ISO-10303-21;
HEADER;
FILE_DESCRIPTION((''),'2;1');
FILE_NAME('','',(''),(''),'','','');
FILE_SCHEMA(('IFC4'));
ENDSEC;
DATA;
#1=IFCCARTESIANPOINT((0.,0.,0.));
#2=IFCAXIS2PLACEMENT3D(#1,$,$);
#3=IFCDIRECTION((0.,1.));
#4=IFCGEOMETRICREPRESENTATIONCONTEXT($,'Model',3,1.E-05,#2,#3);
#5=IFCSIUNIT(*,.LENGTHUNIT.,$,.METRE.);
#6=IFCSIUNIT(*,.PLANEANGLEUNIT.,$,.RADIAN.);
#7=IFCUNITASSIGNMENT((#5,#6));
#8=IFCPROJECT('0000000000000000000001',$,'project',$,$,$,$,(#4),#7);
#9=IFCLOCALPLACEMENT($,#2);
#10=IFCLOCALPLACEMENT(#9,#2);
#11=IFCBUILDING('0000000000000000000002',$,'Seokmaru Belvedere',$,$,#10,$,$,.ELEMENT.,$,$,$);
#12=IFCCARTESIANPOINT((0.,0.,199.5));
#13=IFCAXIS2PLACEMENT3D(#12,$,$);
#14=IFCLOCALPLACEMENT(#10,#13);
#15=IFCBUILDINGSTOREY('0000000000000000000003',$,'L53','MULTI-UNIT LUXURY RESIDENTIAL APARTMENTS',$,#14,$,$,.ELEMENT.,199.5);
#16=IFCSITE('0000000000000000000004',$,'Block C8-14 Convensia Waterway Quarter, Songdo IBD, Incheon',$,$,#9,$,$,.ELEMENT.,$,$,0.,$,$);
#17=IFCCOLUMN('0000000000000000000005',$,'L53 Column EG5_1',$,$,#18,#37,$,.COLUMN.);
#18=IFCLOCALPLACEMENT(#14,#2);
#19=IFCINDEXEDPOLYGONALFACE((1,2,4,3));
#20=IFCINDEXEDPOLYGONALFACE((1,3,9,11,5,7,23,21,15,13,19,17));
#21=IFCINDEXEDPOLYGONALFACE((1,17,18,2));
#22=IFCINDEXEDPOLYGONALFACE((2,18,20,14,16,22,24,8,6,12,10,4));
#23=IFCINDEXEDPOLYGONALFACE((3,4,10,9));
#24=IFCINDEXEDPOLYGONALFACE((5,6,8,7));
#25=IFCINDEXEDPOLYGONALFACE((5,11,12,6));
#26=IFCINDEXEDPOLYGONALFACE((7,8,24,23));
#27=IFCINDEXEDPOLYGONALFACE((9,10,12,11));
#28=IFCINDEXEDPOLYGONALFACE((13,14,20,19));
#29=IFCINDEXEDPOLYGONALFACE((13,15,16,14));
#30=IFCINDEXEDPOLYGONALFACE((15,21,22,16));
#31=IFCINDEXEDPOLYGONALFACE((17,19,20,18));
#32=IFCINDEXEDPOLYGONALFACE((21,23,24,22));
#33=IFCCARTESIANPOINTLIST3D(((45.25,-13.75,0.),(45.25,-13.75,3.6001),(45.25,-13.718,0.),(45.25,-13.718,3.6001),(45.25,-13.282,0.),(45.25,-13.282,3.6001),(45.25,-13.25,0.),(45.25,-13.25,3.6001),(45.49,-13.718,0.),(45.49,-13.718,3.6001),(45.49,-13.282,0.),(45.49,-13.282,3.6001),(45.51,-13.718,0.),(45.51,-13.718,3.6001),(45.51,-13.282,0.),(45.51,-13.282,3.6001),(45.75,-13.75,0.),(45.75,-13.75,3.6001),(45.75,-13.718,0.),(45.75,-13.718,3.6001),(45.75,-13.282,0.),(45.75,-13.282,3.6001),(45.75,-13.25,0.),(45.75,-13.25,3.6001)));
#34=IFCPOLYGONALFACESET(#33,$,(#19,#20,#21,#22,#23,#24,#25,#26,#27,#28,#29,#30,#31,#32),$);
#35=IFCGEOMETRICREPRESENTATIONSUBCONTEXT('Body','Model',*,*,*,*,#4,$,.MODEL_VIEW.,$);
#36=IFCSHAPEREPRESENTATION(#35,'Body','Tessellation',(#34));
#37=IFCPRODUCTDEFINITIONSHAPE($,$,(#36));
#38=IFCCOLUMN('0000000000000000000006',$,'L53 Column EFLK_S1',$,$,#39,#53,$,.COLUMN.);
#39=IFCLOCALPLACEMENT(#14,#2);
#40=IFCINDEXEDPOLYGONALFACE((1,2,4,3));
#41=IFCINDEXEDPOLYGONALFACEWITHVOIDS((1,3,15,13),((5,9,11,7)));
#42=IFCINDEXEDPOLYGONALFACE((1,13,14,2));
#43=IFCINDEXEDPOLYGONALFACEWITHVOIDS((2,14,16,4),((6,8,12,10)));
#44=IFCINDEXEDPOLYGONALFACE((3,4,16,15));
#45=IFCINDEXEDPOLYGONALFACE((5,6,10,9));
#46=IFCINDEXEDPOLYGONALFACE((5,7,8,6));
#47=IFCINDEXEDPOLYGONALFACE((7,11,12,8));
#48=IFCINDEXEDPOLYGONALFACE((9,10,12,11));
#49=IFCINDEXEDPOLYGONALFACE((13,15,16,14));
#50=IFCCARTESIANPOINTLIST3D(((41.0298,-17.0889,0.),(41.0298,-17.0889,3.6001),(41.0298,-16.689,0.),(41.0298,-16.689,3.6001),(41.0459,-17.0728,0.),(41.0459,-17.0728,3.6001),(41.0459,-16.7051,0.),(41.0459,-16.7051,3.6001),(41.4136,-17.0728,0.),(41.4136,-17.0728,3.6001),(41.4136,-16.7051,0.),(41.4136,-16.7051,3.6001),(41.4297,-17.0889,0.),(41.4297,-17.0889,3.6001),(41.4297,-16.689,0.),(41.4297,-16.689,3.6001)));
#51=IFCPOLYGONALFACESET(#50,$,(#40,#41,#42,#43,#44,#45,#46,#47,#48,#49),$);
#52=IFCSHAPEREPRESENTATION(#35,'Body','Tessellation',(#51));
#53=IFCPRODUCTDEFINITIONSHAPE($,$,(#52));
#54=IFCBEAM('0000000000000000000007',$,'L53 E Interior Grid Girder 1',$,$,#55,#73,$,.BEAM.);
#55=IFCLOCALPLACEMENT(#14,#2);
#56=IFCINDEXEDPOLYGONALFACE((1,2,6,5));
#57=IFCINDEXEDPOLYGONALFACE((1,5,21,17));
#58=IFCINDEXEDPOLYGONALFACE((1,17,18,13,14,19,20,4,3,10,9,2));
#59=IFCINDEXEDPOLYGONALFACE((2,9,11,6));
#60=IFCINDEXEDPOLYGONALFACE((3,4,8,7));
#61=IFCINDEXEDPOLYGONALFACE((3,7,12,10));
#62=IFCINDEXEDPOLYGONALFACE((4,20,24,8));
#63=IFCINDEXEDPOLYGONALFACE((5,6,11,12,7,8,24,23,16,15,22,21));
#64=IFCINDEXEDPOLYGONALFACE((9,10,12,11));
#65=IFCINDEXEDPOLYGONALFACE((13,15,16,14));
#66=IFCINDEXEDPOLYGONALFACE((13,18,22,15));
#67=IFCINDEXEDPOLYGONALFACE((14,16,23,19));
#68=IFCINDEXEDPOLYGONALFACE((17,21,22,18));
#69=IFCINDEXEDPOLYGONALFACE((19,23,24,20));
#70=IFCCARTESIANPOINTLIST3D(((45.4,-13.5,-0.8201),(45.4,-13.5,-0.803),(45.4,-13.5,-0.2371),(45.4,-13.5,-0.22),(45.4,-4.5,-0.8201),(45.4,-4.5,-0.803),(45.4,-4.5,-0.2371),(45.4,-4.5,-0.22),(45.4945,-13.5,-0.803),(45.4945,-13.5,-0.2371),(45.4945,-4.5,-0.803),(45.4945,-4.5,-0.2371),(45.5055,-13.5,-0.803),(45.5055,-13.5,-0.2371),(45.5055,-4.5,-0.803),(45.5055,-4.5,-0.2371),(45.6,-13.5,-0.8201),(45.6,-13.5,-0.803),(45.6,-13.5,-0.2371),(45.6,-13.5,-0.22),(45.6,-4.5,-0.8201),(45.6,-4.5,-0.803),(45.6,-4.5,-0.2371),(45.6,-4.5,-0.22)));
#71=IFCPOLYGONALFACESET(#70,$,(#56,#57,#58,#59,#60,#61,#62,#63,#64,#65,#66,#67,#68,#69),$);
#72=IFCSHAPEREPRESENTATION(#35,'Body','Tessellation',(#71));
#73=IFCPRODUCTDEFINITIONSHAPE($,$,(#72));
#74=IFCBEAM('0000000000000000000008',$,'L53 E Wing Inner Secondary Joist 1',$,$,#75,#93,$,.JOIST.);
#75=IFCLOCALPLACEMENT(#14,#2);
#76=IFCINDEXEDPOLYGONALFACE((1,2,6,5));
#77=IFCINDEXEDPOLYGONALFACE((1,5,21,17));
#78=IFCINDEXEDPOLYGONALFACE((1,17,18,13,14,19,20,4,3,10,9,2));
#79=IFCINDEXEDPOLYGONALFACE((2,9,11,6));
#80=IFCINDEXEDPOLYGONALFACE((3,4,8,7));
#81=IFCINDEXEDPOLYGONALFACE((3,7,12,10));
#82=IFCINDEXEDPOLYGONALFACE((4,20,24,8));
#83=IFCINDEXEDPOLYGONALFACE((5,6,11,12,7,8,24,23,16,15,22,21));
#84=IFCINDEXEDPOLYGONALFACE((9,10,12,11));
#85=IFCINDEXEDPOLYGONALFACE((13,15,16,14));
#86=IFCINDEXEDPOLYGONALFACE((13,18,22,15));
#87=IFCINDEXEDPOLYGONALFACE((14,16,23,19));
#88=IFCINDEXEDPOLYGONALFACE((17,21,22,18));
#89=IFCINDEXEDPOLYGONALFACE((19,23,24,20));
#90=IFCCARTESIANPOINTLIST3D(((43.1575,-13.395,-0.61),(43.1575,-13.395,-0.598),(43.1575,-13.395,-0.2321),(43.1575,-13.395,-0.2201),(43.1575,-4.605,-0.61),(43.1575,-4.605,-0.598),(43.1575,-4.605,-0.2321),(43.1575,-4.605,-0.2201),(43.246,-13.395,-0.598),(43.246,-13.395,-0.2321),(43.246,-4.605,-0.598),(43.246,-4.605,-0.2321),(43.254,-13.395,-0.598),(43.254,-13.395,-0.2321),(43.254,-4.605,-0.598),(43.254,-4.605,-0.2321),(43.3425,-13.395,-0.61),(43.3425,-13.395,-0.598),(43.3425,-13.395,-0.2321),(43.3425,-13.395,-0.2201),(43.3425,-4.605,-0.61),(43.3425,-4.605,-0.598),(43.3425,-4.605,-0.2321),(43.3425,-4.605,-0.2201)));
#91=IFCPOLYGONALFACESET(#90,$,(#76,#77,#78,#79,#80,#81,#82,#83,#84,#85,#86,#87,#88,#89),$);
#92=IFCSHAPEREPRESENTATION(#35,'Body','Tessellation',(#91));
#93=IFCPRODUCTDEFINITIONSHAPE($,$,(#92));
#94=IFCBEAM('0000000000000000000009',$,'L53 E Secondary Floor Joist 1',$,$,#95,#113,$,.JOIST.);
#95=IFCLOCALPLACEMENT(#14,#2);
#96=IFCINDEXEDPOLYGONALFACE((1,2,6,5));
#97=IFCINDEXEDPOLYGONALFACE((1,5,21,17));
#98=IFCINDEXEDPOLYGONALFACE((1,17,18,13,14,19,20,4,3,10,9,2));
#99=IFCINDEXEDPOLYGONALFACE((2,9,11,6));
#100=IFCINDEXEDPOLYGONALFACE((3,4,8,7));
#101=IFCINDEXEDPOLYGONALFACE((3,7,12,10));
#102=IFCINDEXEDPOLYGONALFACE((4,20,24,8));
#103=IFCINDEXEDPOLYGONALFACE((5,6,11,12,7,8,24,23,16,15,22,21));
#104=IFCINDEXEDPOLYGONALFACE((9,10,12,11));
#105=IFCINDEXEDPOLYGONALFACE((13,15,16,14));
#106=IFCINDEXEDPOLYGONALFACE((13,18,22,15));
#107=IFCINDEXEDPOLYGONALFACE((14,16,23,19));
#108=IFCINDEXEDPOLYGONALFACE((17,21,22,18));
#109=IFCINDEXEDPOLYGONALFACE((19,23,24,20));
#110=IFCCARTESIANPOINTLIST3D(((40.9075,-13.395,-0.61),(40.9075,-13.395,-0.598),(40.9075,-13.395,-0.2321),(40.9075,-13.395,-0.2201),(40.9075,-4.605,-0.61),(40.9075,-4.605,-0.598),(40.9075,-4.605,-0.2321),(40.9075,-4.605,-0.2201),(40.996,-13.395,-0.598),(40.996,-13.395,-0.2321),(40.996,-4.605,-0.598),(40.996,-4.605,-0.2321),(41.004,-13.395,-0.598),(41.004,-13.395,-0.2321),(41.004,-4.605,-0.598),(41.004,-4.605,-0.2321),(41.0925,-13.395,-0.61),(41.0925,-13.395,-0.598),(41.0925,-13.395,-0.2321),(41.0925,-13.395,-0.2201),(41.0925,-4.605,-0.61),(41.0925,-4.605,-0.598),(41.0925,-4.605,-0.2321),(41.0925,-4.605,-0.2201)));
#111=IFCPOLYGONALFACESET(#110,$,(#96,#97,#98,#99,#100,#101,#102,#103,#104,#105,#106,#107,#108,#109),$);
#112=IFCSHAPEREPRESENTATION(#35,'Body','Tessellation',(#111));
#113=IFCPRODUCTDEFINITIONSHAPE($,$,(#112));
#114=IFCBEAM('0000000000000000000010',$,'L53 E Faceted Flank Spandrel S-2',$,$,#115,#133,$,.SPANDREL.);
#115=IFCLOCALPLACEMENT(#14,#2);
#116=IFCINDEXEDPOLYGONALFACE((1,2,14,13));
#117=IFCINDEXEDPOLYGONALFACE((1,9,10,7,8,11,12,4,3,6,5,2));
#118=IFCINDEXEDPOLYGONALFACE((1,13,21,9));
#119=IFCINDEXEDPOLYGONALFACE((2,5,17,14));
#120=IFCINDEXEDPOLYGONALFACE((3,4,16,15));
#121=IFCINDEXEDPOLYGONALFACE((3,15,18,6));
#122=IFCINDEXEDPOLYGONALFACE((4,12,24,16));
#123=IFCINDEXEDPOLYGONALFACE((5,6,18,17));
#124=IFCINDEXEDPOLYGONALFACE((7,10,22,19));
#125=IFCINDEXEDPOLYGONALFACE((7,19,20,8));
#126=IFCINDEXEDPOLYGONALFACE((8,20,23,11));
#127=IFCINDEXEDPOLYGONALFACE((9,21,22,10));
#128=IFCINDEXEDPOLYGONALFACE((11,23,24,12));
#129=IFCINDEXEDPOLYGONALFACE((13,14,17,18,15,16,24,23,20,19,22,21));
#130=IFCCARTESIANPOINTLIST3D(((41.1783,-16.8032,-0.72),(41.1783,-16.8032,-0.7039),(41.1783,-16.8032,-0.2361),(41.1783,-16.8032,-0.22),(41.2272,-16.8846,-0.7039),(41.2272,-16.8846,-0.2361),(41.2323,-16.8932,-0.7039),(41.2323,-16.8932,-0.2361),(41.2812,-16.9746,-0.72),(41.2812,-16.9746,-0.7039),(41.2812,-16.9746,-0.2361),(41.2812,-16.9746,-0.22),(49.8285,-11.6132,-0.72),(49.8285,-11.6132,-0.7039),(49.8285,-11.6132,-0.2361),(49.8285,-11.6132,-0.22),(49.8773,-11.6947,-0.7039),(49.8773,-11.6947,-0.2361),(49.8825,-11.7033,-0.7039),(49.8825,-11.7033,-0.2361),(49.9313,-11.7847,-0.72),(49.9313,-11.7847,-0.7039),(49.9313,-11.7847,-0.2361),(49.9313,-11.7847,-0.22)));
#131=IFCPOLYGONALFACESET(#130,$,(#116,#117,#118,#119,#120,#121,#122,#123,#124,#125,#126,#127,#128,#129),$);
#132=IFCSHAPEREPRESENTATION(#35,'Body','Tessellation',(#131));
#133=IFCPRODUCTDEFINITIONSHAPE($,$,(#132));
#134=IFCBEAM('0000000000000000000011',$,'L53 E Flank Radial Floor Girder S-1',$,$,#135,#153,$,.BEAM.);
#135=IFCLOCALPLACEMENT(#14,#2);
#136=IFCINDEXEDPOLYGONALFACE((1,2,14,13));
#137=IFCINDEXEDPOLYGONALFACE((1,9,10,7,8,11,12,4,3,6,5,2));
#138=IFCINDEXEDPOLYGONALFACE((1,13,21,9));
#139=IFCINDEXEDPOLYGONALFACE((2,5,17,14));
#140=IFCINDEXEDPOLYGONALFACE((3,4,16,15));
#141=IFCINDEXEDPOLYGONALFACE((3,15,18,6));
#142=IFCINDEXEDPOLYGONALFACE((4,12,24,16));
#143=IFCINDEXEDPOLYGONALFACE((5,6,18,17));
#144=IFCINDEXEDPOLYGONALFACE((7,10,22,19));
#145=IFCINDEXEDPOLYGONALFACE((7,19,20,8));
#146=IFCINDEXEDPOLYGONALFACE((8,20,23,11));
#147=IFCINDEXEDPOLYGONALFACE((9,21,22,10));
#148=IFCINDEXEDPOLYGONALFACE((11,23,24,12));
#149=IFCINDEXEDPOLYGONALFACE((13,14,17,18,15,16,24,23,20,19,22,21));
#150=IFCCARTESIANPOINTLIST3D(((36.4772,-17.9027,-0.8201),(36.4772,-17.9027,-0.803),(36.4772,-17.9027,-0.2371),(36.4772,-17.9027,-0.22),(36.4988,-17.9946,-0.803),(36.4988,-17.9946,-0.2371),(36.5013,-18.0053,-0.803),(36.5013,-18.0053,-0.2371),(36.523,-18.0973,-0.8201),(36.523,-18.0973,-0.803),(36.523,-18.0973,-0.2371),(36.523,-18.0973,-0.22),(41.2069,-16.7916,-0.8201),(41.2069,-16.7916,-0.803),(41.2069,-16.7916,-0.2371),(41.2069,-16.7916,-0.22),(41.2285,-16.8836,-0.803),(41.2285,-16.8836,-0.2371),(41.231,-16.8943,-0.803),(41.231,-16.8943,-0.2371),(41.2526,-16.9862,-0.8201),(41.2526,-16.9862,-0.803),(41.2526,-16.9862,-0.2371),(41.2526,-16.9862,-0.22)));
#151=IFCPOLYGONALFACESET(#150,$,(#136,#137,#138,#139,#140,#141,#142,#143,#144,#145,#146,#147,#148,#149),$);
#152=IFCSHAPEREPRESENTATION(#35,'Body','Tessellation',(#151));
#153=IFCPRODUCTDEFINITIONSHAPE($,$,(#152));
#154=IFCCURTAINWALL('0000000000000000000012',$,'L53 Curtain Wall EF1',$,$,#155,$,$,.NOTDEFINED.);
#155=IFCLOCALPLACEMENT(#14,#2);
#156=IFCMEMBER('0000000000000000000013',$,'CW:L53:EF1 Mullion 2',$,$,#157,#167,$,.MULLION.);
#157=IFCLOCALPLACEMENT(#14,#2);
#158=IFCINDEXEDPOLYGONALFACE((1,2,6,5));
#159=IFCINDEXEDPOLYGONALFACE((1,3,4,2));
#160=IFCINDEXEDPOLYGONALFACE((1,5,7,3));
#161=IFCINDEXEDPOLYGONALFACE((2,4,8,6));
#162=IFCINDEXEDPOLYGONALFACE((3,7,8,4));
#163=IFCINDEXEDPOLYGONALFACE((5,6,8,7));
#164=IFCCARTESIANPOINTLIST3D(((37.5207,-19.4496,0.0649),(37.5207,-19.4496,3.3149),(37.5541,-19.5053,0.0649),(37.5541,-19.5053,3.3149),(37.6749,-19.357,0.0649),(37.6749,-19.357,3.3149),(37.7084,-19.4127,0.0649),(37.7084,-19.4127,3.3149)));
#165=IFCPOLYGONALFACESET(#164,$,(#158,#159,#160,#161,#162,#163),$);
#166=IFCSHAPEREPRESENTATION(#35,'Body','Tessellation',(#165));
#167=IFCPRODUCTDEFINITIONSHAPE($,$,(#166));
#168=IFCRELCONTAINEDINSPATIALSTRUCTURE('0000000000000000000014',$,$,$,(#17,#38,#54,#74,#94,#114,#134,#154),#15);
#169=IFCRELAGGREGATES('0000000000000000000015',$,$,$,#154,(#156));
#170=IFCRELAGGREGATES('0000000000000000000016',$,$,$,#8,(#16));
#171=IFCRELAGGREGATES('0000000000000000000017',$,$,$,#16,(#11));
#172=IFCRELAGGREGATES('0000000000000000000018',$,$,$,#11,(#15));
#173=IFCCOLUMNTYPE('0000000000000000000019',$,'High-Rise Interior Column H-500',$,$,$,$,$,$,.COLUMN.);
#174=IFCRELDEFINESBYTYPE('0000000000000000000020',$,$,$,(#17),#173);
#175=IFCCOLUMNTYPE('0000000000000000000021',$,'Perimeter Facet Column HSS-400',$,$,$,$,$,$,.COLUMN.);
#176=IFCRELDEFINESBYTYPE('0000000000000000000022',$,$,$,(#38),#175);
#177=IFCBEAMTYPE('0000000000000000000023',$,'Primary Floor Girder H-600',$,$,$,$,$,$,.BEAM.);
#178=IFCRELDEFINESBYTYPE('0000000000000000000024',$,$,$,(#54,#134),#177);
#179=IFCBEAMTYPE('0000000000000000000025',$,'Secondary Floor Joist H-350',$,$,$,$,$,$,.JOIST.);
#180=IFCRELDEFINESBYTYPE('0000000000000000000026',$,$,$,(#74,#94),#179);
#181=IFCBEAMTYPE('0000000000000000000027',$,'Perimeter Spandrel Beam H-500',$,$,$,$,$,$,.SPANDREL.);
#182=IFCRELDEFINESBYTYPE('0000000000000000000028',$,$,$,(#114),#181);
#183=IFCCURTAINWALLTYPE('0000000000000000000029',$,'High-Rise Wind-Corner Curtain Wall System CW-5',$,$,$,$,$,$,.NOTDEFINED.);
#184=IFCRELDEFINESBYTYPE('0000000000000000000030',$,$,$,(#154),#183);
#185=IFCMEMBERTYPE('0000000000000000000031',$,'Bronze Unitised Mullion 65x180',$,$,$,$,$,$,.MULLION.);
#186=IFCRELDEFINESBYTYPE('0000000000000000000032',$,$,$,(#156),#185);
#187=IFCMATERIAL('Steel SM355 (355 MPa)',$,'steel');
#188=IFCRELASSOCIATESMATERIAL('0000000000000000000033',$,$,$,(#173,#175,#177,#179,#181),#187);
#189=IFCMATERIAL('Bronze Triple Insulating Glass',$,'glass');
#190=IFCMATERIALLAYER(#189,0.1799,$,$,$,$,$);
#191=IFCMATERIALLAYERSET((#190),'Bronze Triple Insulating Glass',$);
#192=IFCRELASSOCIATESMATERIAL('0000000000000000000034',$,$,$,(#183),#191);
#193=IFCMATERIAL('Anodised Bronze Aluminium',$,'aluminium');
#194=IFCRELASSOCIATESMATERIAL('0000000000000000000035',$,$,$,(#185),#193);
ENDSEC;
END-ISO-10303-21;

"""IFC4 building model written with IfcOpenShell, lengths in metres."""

from ifc_helpers import new_model, si_unit, direction, frame, origin, origin_2d, place, context, subcontext, project, spatial, rectangle, hollow_rectangle, i_section, extrude, source, transform, mapped, material, layer, layer_set, material_profile, profile_set, type_object, type_shapes, element, aggregate, save


model = new_model("IFC4")

# Units and contexts
model_context = context("Model", 3, precision=1e-05, world=origin(), true_north=direction((0.0, 1.0)))
body_context = subcontext(model_context, "Body", "Model", "MODEL_VIEW")
ifc_project = project(units=[si_unit("LENGTHUNIT", "METRE"), si_unit("PLANEANGLEUNIT", "RADIAN")], contexts=[model_context])

# Site, building, storey
site_placement = place(None, origin())
site = spatial("IfcSite", under=ifc_project, at=site_placement, Name="Block C8-14 Convensia Waterway Quarter, Songdo IBD, Incheon", CompositionType="ELEMENT", RefElevation=0.0)
building_placement = place(site_placement, origin())
building = spatial("IfcBuilding", under=site, at=building_placement, Name="Seokmaru Belvedere", CompositionType="ELEMENT")
storey_placement = place(building_placement, frame((0.0, 0.0, 199.5)))
storey = spatial("IfcBuildingStorey", under=building, at=storey_placement, Name="L53", Description="MULTI-UNIT LUXURY RESIDENTIAL APARTMENTS", CompositionType="ELEMENT", Elevation=199.5)

# Columns
ifc_material_1 = material(Name="Steel SM355 (355 MPa)", Category="steel")
ifc_material_profile_1 = material_profile(ifc_material_1, i_section(OverallWidth=0.5, OverallDepth=0.5, WebThickness=0.02, FlangeThickness=0.032, at=origin_2d()), Name="H-500x500x20x32")
ifc_profile_set_1 = profile_set([ifc_material_profile_1], Name="Steel SM355 (355 MPa)")
column_type_1 = type_object("IfcColumnType", Name="High-Rise Interior Column H-500", PredefinedType="COLUMN", material=ifc_profile_set_1)
shared_shape_1 = source(origin(), body_context, "Body", "SweptSolid", [
    extrude(i_section(OverallWidth=0.5, OverallDepth=0.5, WebThickness=0.02, FlangeThickness=0.032, at=origin_2d()), origin(), (0.0, 0.0, 1.0), 3.6001),
])
type_shapes(column_type_1, [shared_shape_1])
column_1_placement = place(storey_placement, frame((45.5, -13.5, 0.0), z_axis=(0.0, 0.0, 1.0), x_axis=(1.0, 0.0, 0.0)))
element("IfcColumn", 1, at=column_1_placement, inside=storey, type_object=column_type_1, Name="L53 Column EG5_1", PredefinedType="COLUMN", context=body_context, shape_type="MappedRepresentation", body=[
    mapped(shared_shape_1, transform((0.0, 0.0, 0.0), scale=1.0)),
])
ifc_material_profile_2 = material_profile(ifc_material_1, hollow_rectangle(XDim=0.3999, YDim=0.3999, WallThickness=0.0161, at=origin_2d()), Name="HSS-400x400x16")
ifc_profile_set_2 = profile_set([ifc_material_profile_2], Name="Steel SM355 (355 MPa)")
column_type_2 = type_object("IfcColumnType", Name="Perimeter Facet Column HSS-400", PredefinedType="COLUMN", material=ifc_profile_set_2)
shared_shape_2 = source(origin(), body_context, "Body", "SweptSolid", [
    extrude(hollow_rectangle(XDim=0.3999, YDim=0.3999, WallThickness=0.0161, at=origin_2d()), origin(), (0.0, 0.0, 1.0), 3.6001),
])
type_shapes(column_type_2, [shared_shape_2])
column_2_placement = place(storey_placement, frame((41.2297, -16.8889, 0.0), z_axis=(0.0, 0.0, 1.0), x_axis=(1.0, 0.0, 0.0)))
element("IfcColumn", 2, at=column_2_placement, inside=storey, type_object=column_type_2, Name="L53 Column EFLK_S1", PredefinedType="COLUMN", context=body_context, shape_type="MappedRepresentation", body=[
    mapped(shared_shape_2, transform((0.0, 0.0, 0.0), scale=1.0)),
])

# Beams
ifc_material_profile_3 = material_profile(ifc_material_1, i_section(OverallWidth=0.2, OverallDepth=0.6001, WebThickness=0.011, FlangeThickness=0.0171, at=origin_2d()), Name="H-600x200x11x17")
ifc_profile_set_3 = profile_set([ifc_material_profile_3], Name="Steel SM355 (355 MPa)")
beam_type_1 = type_object("IfcBeamType", Name="Primary Floor Girder H-600", PredefinedType="BEAM", material=ifc_profile_set_3)
shared_shape_3 = source(origin(), body_context, "Body", "SweptSolid", [
    extrude(i_section(OverallWidth=0.2, OverallDepth=0.6001, WebThickness=0.011, FlangeThickness=0.0171, at=origin_2d()), origin(), (0.0, 0.0, 1.0), 9.0),
])
beam_1_placement = place(storey_placement, frame((45.5, -13.5, -0.52), z_axis=(0.0, 1.0, 0.0), x_axis=(-1.0, 0.0, 0.0)))
element("IfcBeam", 3, at=beam_1_placement, inside=storey, type_object=beam_type_1, Name="L53 E Interior Grid Girder 1", PredefinedType="BEAM", context=body_context, shape_type="MappedRepresentation", body=[
    mapped(shared_shape_3, transform((0.0, 0.0, 0.0), scale=1.0)),
])
ifc_material_profile_4 = material_profile(ifc_material_1, i_section(OverallWidth=0.1851, OverallDepth=0.3899, WebThickness=0.0081, FlangeThickness=0.012, at=origin_2d()), Name="H-390x185x8x12")
ifc_profile_set_4 = profile_set([ifc_material_profile_4], Name="Steel SM355 (355 MPa)")
beam_type_2 = type_object("IfcBeamType", Name="Secondary Floor Joist H-350", PredefinedType="JOIST", material=ifc_profile_set_4)
shared_shape_4 = source(origin(), body_context, "Body", "SweptSolid", [
    extrude(i_section(OverallWidth=0.1851, OverallDepth=0.3899, WebThickness=0.0081, FlangeThickness=0.012, at=origin_2d()), origin(), (0.0, 0.0, 1.0), 8.79),
])
type_shapes(beam_type_2, [shared_shape_4])
for number, where, z_axis, x_axis, name in (
    (4, (43.25, -13.395, -0.415), (0.0, 1.0, 0.0), (-1.0, 0.0, 0.0), "L53 E Wing Inner Secondary Joist 1"),
    (5, (41.0, -13.395, -0.415), (0.0, 1.0, 0.0), (-1.0, 0.0, 0.0), "L53 E Secondary Floor Joist 1"),
):
    element("IfcBeam", number, at=place(storey_placement, frame(where, z_axis=z_axis, x_axis=x_axis)), inside=storey, type_object=beam_type_2, Name=name, PredefinedType="JOIST", context=body_context, shape_type="MappedRepresentation", body=[
        mapped(shared_shape_4, transform((0.0, 0.0, 0.0), scale=1.0)),
    ])
ifc_material_profile_5 = material_profile(ifc_material_1, i_section(OverallWidth=0.2, OverallDepth=0.5, WebThickness=0.01, FlangeThickness=0.0161, at=origin_2d()), Name="H-500x200x10x16")
ifc_profile_set_5 = profile_set([ifc_material_profile_5], Name="Steel SM355 (355 MPa)")
beam_type_3 = type_object("IfcBeamType", Name="Perimeter Spandrel Beam H-500", PredefinedType="SPANDREL", material=ifc_profile_set_5)
shared_shape_5 = source(origin(), body_context, "Body", "SweptSolid", [
    extrude(i_section(OverallWidth=0.2, OverallDepth=0.5, WebThickness=0.01, FlangeThickness=0.0161, at=origin_2d()), origin(), (0.0, 0.0, 1.0), 10.0876),
])
type_shapes(beam_type_3, [shared_shape_5])
beam_2_placement = place(storey_placement, frame((41.2297, -16.8889, -0.47), z_axis=(0.857499, 0.514485, 0.0), x_axis=(-0.514485, 0.857499, 0.0)))
element("IfcBeam", 6, at=beam_2_placement, inside=storey, type_object=beam_type_3, Name="L53 E Faceted Flank Spandrel S-2", PredefinedType="SPANDREL", context=body_context, shape_type="MappedRepresentation", body=[
    mapped(shared_shape_5, transform((0.0, 0.0, 0.0), scale=1.0)),
])
shared_shape_6 = source(origin(), body_context, "Body", "SweptSolid", [
    extrude(i_section(OverallWidth=0.2, OverallDepth=0.6001, WebThickness=0.011, FlangeThickness=0.0171, at=origin_2d()), origin(), (0.0, 0.0, 1.0), 4.8584),
])
type_shapes(beam_type_1, [shared_shape_3, shared_shape_6])
beam_3_placement = place(storey_placement, frame((41.2297, -16.8889, -0.52), z_axis=(-0.973499, -0.228689, 0.0), x_axis=(0.228689, -0.973499, 0.0)))
element("IfcBeam", 7, at=beam_3_placement, inside=storey, type_object=beam_type_1, Name="L53 E Flank Radial Floor Girder S-1", PredefinedType="BEAM", context=body_context, shape_type="MappedRepresentation", body=[
    mapped(shared_shape_6, transform((0.0, 0.0, 0.0), scale=1.0)),
])

# Curtain wall, member
ifc_material_2 = material(Name="Bronze Triple Insulating Glass", Category="glass")
ifc_layer_1 = layer(ifc_material_2, 0.1799)
ifc_layer_set_1 = layer_set([ifc_layer_1], Name="Bronze Triple Insulating Glass")
curtain_wall_type = type_object("IfcCurtainWallType", Name="High-Rise Wind-Corner Curtain Wall System CW-5", PredefinedType="NOTDEFINED", material=ifc_layer_set_1)
curtain_wall_placement = place(storey_placement, origin())
curtain_wall = element("IfcCurtainWall", 8, at=curtain_wall_placement, inside=storey, type_object=curtain_wall_type, Name="L53 Curtain Wall EF1", PredefinedType="NOTDEFINED")
ifc_material_3 = material(Name="Anodised Bronze Aluminium", Category="aluminium")
ifc_material_profile_6 = material_profile(ifc_material_3, rectangle(XDim=0.0649, YDim=0.1799, at=origin_2d()), Name="CW-M-65x180")
ifc_profile_set_6 = profile_set([ifc_material_profile_6], Name="Anodised Bronze Aluminium")
member_type = type_object("IfcMemberType", Name="Bronze Unitised Mullion 65x180", PredefinedType="MULLION", material=ifc_profile_set_6)
shared_shape_7 = source(origin(), body_context, "Body", "SweptSolid", [
    extrude(rectangle(XDim=0.0649, YDim=0.1799, at=origin_2d()), origin(), (0.0, 0.0, 1.0), 3.25),
])
type_shapes(member_type, [shared_shape_7])
member_1_placement = place(storey_placement, frame((37.6145, -19.4312, 0.0649), z_axis=(0.0, 0.0, 1.0), x_axis=(-0.514495, 0.857493, 0.0)))
member_1 = element("IfcMember", 9, at=member_1_placement, type_object=member_type, Name="CW:L53:EF1 Mullion 2", PredefinedType="MULLION", context=body_context, shape_type="MappedRepresentation", body=[
    mapped(shared_shape_7, transform((0.0, 0.0, 0.0), scale=1.0)),
])
aggregate(curtain_wall, [member_1])

save(model, "model.ifc")
